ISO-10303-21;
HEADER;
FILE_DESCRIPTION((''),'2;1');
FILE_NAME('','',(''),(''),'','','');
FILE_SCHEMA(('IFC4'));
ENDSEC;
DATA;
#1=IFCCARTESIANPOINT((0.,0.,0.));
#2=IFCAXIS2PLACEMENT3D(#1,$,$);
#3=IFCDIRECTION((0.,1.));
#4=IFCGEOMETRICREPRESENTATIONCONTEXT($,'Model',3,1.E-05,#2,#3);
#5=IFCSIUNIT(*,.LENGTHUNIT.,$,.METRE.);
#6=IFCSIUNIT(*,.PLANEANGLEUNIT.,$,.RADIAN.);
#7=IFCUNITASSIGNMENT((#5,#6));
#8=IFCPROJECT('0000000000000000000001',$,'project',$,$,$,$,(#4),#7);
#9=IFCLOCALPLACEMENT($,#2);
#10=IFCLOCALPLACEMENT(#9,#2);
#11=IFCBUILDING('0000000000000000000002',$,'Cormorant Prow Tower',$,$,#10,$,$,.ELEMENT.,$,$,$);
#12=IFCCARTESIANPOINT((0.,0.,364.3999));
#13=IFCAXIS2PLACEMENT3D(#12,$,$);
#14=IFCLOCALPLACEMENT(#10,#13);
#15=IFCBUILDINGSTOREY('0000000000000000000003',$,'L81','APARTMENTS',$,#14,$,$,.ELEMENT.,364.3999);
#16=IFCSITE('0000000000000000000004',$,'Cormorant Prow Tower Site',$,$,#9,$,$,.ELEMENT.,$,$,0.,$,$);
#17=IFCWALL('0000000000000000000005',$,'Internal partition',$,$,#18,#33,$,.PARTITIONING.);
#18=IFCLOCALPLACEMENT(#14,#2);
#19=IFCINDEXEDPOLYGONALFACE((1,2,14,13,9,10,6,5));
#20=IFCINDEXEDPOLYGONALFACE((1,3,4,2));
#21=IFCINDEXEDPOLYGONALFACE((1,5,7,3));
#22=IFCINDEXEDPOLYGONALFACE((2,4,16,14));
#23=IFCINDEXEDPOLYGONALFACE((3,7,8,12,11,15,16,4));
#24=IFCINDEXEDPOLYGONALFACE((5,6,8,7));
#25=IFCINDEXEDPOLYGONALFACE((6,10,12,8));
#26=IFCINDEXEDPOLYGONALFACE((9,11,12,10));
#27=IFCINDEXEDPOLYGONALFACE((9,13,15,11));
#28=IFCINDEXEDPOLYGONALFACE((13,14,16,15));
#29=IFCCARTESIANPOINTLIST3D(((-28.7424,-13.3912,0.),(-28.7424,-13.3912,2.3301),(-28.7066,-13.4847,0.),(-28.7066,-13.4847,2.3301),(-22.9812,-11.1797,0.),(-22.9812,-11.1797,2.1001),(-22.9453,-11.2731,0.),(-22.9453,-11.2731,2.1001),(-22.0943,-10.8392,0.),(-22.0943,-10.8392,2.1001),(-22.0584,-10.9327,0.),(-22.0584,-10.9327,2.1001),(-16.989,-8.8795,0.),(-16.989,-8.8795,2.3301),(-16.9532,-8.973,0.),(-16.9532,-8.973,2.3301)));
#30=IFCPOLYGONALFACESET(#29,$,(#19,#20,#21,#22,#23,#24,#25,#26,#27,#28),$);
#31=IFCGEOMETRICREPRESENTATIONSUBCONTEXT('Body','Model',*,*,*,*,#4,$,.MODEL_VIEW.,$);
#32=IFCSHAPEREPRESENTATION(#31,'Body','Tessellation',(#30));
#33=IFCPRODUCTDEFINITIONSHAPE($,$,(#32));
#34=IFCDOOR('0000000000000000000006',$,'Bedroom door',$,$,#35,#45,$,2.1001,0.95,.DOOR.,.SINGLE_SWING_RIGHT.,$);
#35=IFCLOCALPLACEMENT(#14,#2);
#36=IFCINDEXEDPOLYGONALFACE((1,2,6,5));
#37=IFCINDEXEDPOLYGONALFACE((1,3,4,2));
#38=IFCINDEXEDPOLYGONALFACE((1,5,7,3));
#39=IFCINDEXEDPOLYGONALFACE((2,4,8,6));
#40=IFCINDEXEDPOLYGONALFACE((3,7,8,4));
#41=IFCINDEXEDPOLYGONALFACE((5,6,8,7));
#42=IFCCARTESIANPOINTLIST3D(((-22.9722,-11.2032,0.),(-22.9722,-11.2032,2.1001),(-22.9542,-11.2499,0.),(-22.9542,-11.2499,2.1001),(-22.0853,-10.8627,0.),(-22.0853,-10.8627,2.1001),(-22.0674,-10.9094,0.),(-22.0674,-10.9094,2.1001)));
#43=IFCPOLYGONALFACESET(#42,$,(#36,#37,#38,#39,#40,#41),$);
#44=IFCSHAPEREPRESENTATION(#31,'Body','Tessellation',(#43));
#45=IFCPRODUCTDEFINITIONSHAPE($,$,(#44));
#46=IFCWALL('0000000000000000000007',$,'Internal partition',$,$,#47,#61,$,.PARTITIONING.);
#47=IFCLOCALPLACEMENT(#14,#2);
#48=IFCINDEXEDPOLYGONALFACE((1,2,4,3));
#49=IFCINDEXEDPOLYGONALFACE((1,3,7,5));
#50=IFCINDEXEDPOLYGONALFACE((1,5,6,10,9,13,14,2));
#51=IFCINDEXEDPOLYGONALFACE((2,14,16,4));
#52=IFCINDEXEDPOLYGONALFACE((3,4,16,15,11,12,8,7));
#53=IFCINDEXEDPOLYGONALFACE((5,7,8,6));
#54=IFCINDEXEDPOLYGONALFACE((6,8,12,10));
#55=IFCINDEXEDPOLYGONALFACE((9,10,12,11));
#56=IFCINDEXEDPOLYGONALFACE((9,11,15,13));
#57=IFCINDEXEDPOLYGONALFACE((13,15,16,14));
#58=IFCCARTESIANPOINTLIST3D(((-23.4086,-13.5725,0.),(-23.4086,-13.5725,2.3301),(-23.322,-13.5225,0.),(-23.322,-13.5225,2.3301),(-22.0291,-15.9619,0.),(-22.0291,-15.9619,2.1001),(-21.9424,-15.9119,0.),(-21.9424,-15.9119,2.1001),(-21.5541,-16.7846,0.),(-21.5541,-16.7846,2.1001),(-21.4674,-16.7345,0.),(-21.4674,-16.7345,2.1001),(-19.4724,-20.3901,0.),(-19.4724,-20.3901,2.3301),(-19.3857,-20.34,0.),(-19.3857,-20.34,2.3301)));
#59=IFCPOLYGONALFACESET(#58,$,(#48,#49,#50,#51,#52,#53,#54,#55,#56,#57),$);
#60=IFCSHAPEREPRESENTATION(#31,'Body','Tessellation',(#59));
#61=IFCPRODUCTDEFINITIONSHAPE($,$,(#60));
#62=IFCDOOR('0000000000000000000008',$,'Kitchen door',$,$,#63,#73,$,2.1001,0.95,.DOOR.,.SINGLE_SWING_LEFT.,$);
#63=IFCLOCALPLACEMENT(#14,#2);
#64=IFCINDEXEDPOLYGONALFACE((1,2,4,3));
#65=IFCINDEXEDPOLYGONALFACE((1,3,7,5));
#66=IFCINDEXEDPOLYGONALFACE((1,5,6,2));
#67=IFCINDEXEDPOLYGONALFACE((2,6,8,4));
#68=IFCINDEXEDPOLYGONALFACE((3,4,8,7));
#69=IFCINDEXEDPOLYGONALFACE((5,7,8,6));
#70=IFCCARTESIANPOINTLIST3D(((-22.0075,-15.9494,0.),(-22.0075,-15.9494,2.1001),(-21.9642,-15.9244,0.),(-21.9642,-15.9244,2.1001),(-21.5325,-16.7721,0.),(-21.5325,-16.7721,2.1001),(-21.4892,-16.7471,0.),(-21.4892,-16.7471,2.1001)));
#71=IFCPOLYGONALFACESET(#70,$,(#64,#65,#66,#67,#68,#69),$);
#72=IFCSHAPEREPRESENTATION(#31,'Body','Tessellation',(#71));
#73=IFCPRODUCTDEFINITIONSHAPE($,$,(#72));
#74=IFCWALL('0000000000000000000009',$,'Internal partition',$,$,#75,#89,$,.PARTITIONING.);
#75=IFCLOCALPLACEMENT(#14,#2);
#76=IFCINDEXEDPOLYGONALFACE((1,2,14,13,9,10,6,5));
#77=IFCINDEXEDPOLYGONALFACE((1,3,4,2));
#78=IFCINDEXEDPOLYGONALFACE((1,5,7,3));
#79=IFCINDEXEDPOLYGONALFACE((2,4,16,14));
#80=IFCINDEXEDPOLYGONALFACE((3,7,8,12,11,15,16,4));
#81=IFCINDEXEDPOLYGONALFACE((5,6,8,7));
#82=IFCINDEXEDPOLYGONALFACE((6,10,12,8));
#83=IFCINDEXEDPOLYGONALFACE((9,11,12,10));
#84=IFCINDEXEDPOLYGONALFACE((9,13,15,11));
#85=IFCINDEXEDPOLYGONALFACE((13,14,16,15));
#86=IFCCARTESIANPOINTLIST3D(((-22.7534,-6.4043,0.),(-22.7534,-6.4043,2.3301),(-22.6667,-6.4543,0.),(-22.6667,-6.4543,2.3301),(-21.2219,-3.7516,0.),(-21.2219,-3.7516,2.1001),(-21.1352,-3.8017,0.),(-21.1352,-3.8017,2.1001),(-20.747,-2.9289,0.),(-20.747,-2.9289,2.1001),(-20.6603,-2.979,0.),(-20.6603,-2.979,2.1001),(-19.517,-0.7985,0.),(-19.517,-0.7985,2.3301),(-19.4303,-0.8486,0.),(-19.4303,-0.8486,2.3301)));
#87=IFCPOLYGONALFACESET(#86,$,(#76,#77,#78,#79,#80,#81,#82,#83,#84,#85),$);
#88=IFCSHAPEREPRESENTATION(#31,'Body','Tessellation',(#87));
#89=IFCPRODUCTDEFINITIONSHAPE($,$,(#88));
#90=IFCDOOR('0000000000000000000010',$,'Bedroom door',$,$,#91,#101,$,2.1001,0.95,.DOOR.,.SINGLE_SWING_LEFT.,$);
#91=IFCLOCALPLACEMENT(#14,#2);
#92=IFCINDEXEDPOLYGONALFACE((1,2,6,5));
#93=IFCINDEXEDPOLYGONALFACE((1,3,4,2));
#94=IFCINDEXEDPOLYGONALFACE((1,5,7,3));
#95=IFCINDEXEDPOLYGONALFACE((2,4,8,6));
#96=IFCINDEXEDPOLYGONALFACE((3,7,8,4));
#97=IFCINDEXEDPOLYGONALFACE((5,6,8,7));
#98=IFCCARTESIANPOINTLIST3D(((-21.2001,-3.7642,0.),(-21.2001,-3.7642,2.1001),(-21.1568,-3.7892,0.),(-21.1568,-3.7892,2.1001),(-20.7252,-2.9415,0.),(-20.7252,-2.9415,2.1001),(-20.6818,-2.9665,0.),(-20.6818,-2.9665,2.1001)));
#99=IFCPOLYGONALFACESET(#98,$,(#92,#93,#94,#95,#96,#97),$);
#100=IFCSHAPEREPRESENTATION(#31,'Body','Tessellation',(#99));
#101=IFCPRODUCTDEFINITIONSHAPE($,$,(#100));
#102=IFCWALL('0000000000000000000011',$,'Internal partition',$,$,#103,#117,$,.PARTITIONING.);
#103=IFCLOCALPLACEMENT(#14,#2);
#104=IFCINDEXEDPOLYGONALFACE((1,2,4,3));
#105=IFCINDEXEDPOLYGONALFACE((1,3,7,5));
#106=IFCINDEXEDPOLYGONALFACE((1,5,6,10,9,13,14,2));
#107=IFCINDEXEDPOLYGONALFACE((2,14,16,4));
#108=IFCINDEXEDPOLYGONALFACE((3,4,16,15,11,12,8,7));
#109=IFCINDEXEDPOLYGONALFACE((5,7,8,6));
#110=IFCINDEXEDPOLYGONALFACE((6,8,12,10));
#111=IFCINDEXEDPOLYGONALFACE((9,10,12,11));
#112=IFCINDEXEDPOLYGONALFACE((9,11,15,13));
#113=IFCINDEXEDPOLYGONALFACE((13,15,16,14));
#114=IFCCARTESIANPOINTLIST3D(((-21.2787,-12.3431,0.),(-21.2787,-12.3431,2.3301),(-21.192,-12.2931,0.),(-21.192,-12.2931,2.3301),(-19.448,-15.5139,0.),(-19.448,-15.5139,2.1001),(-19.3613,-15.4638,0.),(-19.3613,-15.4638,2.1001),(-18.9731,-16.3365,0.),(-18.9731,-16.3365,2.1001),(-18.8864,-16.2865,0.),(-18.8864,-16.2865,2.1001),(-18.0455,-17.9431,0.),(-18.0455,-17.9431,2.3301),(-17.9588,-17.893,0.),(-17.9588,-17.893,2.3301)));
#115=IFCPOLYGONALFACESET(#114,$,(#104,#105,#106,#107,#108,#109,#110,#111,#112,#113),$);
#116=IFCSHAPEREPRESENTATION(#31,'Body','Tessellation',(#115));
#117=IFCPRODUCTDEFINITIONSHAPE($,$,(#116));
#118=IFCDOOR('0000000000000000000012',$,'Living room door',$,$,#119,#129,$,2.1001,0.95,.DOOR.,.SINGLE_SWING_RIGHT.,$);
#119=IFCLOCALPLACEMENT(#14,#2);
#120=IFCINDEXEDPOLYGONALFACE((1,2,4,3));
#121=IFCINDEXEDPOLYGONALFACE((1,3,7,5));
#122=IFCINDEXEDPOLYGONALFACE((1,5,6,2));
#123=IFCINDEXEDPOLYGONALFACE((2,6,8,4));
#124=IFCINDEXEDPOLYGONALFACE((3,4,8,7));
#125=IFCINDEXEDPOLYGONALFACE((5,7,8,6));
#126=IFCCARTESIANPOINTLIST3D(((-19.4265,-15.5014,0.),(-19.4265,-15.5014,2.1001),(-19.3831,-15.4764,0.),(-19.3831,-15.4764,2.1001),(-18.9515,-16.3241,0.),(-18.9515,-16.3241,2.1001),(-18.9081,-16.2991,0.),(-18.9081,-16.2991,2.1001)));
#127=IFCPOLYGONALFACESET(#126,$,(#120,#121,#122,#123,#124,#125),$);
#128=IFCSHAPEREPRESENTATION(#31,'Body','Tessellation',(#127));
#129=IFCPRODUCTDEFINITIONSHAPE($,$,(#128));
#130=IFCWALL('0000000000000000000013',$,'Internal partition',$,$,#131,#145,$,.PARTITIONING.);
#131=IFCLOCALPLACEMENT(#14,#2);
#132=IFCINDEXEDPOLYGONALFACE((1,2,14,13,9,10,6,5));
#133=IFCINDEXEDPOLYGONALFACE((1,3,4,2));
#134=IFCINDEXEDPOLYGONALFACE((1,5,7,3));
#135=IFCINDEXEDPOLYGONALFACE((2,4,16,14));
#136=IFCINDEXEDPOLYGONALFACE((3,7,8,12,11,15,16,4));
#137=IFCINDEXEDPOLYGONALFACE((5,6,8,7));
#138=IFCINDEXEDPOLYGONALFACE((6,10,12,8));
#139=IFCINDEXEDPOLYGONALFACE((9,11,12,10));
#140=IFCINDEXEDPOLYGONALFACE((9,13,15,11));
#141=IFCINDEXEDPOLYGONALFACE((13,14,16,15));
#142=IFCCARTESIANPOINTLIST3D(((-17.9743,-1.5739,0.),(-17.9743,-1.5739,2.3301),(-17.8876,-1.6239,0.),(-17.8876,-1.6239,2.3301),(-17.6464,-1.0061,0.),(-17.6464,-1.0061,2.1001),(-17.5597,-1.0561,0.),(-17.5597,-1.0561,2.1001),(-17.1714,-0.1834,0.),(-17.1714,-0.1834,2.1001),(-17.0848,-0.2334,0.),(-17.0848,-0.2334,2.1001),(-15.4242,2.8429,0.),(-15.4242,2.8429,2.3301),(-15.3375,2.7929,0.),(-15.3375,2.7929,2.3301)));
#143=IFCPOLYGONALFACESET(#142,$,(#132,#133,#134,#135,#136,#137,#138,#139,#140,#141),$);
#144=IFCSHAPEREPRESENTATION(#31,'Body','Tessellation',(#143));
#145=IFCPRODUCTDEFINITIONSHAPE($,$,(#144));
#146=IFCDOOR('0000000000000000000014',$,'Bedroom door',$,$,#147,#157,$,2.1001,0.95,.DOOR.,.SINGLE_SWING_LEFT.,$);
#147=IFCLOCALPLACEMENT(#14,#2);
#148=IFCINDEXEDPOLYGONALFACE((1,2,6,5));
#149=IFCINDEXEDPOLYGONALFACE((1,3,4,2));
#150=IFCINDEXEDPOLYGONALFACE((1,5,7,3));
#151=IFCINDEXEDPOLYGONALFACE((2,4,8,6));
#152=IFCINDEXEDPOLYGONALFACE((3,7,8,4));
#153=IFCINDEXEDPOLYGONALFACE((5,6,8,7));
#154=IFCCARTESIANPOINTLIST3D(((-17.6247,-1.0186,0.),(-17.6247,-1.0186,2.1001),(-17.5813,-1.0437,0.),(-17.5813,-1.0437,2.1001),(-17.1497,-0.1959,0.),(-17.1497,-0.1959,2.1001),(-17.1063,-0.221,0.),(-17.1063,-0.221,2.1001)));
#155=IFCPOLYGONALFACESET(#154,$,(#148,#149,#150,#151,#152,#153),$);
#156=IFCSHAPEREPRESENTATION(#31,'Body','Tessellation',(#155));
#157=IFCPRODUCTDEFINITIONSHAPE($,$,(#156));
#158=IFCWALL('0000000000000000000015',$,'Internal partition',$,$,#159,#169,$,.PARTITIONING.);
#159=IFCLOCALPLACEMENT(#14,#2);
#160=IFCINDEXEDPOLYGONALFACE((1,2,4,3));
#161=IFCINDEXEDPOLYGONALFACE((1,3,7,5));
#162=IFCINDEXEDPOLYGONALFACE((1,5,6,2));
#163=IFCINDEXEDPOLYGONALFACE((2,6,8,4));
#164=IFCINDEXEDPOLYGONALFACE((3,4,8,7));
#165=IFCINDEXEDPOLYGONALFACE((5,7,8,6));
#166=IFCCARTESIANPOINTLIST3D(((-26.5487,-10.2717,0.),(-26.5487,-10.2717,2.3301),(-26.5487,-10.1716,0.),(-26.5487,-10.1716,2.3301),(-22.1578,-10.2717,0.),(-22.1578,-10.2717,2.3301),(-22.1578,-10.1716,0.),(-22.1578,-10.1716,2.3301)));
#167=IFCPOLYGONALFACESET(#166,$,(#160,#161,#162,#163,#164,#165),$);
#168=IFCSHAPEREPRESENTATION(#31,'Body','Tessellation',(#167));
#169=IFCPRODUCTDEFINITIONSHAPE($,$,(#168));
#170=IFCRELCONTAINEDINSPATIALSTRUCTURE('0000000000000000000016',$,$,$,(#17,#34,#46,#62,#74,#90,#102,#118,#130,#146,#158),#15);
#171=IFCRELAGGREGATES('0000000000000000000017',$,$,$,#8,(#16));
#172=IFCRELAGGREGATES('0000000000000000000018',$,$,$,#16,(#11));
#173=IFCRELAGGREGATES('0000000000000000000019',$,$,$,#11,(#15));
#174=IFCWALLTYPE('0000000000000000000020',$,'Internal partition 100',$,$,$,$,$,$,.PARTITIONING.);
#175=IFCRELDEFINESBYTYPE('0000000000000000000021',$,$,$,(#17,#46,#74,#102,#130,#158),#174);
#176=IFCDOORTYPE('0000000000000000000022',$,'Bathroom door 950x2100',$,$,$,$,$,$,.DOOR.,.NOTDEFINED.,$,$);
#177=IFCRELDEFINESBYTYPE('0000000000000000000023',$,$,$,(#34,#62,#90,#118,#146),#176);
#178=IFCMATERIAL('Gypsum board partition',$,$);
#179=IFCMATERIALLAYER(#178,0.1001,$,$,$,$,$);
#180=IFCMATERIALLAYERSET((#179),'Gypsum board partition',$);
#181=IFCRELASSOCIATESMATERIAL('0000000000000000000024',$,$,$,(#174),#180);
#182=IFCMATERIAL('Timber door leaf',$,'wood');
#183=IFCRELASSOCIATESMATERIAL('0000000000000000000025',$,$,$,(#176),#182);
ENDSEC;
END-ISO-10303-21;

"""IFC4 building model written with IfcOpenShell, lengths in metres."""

from ifc_helpers import new_model, si_unit, direction, frame, frame_2d, origin, place, context, subcontext, project, spatial, rectangle, extrude, material, layer, layer_set, type_object, element, fill, save


model = new_model("IFC4")

# Units and contexts
model_context = context("Model", 3, precision=1e-05, world=origin(), true_north=direction((0.0, 1.0)))
body_context = subcontext(model_context, "Body", "Model", "MODEL_VIEW")
ifc_project = project(units=[si_unit("LENGTHUNIT", "METRE"), si_unit("PLANEANGLEUNIT", "RADIAN")], contexts=[model_context])

# Site, building, storey
site_placement = place(None, origin())
site = spatial("IfcSite", under=ifc_project, at=site_placement, Name="Cormorant Prow Tower Site", CompositionType="ELEMENT", RefElevation=0.0)
building_placement = place(site_placement, origin())
building = spatial("IfcBuilding", under=site, at=building_placement, Name="Cormorant Prow Tower", CompositionType="ELEMENT")
storey_placement = place(building_placement, frame((0.0, 0.0, 364.3999)))
storey = spatial("IfcBuildingStorey", under=building, at=storey_placement, Name="L81", Description="APARTMENTS", CompositionType="ELEMENT", Elevation=364.3999)

# Walls, openings, doors
ifc_material_1 = material(Name="Gypsum board partition")
ifc_layer_1 = layer(ifc_material_1, 0.1001)
ifc_layer_set_1 = layer_set([ifc_layer_1], Name="Gypsum board partition")
wall_type_1 = type_object("IfcWallType", Name="Internal partition 100", PredefinedType="PARTITIONING", material=ifc_layer_set_1)
wall_1_placement = place(storey_placement, frame((-28.7246, -13.438, 0.0), z_axis=(0.0, 0.0, 1.0), x_axis=(0.93358, 0.358368, 0.0)))
wall_1 = element("IfcWall", 1, at=wall_1_placement, inside=storey, type_object=wall_type_1, Name="Internal partition", PredefinedType="PARTITIONING", context=body_context, shape_type="SweptSolid", body=[
    extrude(rectangle(XDim=12.5896, YDim=0.1001, at=frame_2d((6.2949, 0.0))), origin(), (0.0, 0.0, 1.0), 2.3301),
])
opening_1_placement = place(wall_1_placement, frame((6.1711, 0.0, 0.0)))
opening_1 = element("IfcOpeningElement", 2, at=opening_1_placement, cuts=wall_1, PredefinedType="OPENING", context=body_context, shape_type="SweptSolid", body=[
    extrude(rectangle(XDim=0.95, YDim=2.1001, at=frame_2d((0.4751, 1.05))), frame((0.0, 0.0601, 0.0), z_axis=(0.0, -1.0, 0.0), x_axis=(1.0, 0.0, 0.0)), (0.0, 0.0, 1.0), 0.1201),
])
ifc_material_2 = material(Name="Timber door leaf", Category="wood")
door_type_1 = type_object("IfcDoorType", Name="Bathroom door 950x2100", OperationType="NOTDEFINED", PredefinedType="DOOR", material=ifc_material_2)
door_1_placement = place(opening_1_placement, origin())
door_1 = element("IfcDoor", 3, at=door_1_placement, inside=storey, type_object=door_type_1, Name="Bedroom door", OperationType="SINGLE_SWING_RIGHT", OverallHeight=2.1001, OverallWidth=0.95, PredefinedType="DOOR", context=body_context, shape_type="SweptSolid", body=[
    extrude(rectangle(XDim=0.95, YDim=2.1001, at=frame_2d((0.4751, 1.05))), frame((0.0, 0.0249, 0.0), z_axis=(0.0, -1.0, 0.0), x_axis=(1.0, 0.0, 0.0)), (0.0, 0.0, 1.0), 0.05),
])
fill(opening_1, door_1)
wall_2_placement = place(storey_placement, frame((-23.3652, -13.5476, 0.0), z_axis=(0.0, 0.0, 1.0), x_axis=(0.500011, -0.866019, 0.0)))
wall_2 = element("IfcWall", 4, at=wall_2_placement, inside=storey, type_object=wall_type_1, Name="Internal partition", PredefinedType="PARTITIONING", context=body_context, shape_type="SweptSolid", body=[
    extrude(rectangle(XDim=7.8723, YDim=0.1001, at=frame_2d((3.936, 0.0))), origin(), (0.0, 0.0, 1.0), 2.3301),
])
opening_2_placement = place(wall_2_placement, frame((2.7588, 0.0, 0.0)))
opening_2 = element("IfcOpeningElement", 5, at=opening_2_placement, cuts=wall_2, PredefinedType="OPENING", context=body_context, shape_type="SweptSolid", body=[
    extrude(rectangle(XDim=0.95, YDim=2.1001, at=frame_2d((0.4751, 1.05))), frame((0.0, 0.0601, 0.0), z_axis=(0.0, -1.0, 0.0), x_axis=(1.0, 0.0, 0.0)), (0.0, 0.0, 1.0), 0.1201),
])
door_2_placement = place(opening_2_placement, origin())
door_2 = element("IfcDoor", 6, at=door_2_placement, inside=storey, type_object=door_type_1, Name="Kitchen door", OperationType="SINGLE_SWING_LEFT", OverallHeight=2.1001, OverallWidth=0.95, PredefinedType="DOOR", context=body_context, shape_type="SweptSolid", body=[
    extrude(rectangle(XDim=0.95, YDim=2.1001, at=frame_2d((0.4751, 1.05))), frame((0.0, 0.0249, 0.0), z_axis=(0.0, -1.0, 0.0), x_axis=(1.0, 0.0, 0.0)), (0.0, 0.0, 1.0), 0.05),
])
fill(opening_2, door_2)
wall_3_placement = place(storey_placement, frame((-22.71, -6.4292, 0.0), z_axis=(0.0, 0.0, 1.0), x_axis=(0.499985, 0.866034, 0.0)))
wall_3 = element("IfcWall", 7, at=wall_3_placement, inside=storey, type_object=wall_type_1, Name="Internal partition", PredefinedType="PARTITIONING", context=body_context, shape_type="SweptSolid", body=[
    extrude(rectangle(XDim=6.4729, YDim=0.1001, at=frame_2d((3.2363, 0.0))), origin(), (0.0, 0.0, 1.0), 2.3301),
])
opening_3_placement = place(wall_3_placement, frame((3.0627, 0.0, 0.0)))
opening_3 = element("IfcOpeningElement", 8, at=opening_3_placement, cuts=wall_3, PredefinedType="OPENING", context=body_context, shape_type="SweptSolid", body=[
    extrude(rectangle(XDim=0.95, YDim=2.1001, at=frame_2d((0.4751, 1.05))), frame((0.0, 0.0601, 0.0), z_axis=(0.0, -1.0, 0.0), x_axis=(1.0, 0.0, 0.0)), (0.0, 0.0, 1.0), 0.1201),
])
door_3_placement = place(opening_3_placement, origin())
door_3 = element("IfcDoor", 9, at=door_3_placement, inside=storey, type_object=door_type_1, Name="Bedroom door", OperationType="SINGLE_SWING_LEFT", OverallHeight=2.1001, OverallWidth=0.95, PredefinedType="DOOR", context=body_context, shape_type="SweptSolid", body=[
    extrude(rectangle(XDim=0.95, YDim=2.1001, at=frame_2d((0.4751, 1.05))), frame((0.0, 0.0249, 0.0), z_axis=(0.0, -1.0, 0.0), x_axis=(1.0, 0.0, 0.0)), (0.0, 0.0, 1.0), 0.05),
])
fill(opening_3, door_3)
wall_4_placement = place(storey_placement, frame((-21.2354, -12.3181, 0.0), z_axis=(0.0, 0.0, 1.0), x_axis=(0.500009, -0.86602, 0.0)))
wall_4 = element("IfcWall", 10, at=wall_4_placement, inside=storey, type_object=wall_type_1, Name="Internal partition", PredefinedType="PARTITIONING", context=body_context, shape_type="SweptSolid", body=[
    extrude(rectangle(XDim=6.4663, YDim=0.1001, at=frame_2d((3.2332, 0.0))), origin(), (0.0, 0.0, 1.0), 2.3301),
])
opening_4_placement = place(wall_4_placement, frame((3.6611, 0.0, 0.0)))
opening_4 = element("IfcOpeningElement", 11, at=opening_4_placement, cuts=wall_4, PredefinedType="OPENING", context=body_context, shape_type="SweptSolid", body=[
    extrude(rectangle(XDim=0.95, YDim=2.1001, at=frame_2d((0.4751, 1.05))), frame((0.0, 0.0601, 0.0), z_axis=(0.0, -1.0, 0.0), x_axis=(1.0, 0.0, 0.0)), (0.0, 0.0, 1.0), 0.1201),
])
door_4_placement = place(opening_4_placement, origin())
door_4 = element("IfcDoor", 12, at=door_4_placement, inside=storey, type_object=door_type_1, Name="Living room door", OperationType="SINGLE_SWING_RIGHT", OverallHeight=2.1001, OverallWidth=0.95, PredefinedType="DOOR", context=body_context, shape_type="SweptSolid", body=[
    extrude(rectangle(XDim=0.95, YDim=2.1001, at=frame_2d((0.4751, 1.05))), frame((0.0, 0.0249, 0.0), z_axis=(0.0, -1.0, 0.0), x_axis=(1.0, 0.0, 0.0)), (0.0, 0.0, 1.0), 0.05),
])
fill(opening_4, door_4)
wall_5_placement = place(storey_placement, frame((-17.9309, -1.5989, 0.0), z_axis=(0.0, 0.0, 1.0), x_axis=(0.500006, 0.866022, 0.0)))
wall_5 = element("IfcWall", 13, at=wall_5_placement, inside=storey, type_object=wall_type_1, Name="Internal partition", PredefinedType="PARTITIONING", context=body_context, shape_type="SweptSolid", body=[
    extrude(rectangle(XDim=5.1001, YDim=0.1001, at=frame_2d((2.55, 0.0))), origin(), (0.0, 0.0, 1.0), 2.3301),
])
opening_5_placement = place(wall_5_placement, frame((0.6555, 0.0, 0.0)))
opening_5 = element("IfcOpeningElement", 14, at=opening_5_placement, cuts=wall_5, PredefinedType="OPENING", context=body_context, shape_type="SweptSolid", body=[
    extrude(rectangle(XDim=0.95, YDim=2.1001, at=frame_2d((0.4751, 1.05))), frame((0.0, 0.0601, 0.0), z_axis=(0.0, -1.0, 0.0), x_axis=(1.0, 0.0, 0.0)), (0.0, 0.0, 1.0), 0.1201),
])
door_5_placement = place(opening_5_placement, origin())
door_5 = element("IfcDoor", 15, at=door_5_placement, inside=storey, type_object=door_type_1, Name="Bedroom door", OperationType="SINGLE_SWING_LEFT", OverallHeight=2.1001, OverallWidth=0.95, PredefinedType="DOOR", context=body_context, shape_type="SweptSolid", body=[
    extrude(rectangle(XDim=0.95, YDim=2.1001, at=frame_2d((0.4751, 1.05))), frame((0.0, 0.0249, 0.0), z_axis=(0.0, -1.0, 0.0), x_axis=(1.0, 0.0, 0.0)), (0.0, 0.0, 1.0), 0.05),
])
fill(opening_5, door_5)

# Wall
wall_6_placement = place(storey_placement, frame((-26.5486, -10.2217, 0.0), z_axis=(0.0, 0.0, 1.0), x_axis=(1.0, 0.0, 0.0)))
element("IfcWall", 16, at=wall_6_placement, inside=storey, type_object=wall_type_1, Name="Internal partition", PredefinedType="PARTITIONING", context=body_context, shape_type="SweptSolid", body=[
    extrude(rectangle(XDim=4.3909, YDim=0.1001, at=frame_2d((2.1953, 0.0))), origin(), (0.0, 0.0, 1.0), 2.3301),
])

save(model, "model.ifc")
